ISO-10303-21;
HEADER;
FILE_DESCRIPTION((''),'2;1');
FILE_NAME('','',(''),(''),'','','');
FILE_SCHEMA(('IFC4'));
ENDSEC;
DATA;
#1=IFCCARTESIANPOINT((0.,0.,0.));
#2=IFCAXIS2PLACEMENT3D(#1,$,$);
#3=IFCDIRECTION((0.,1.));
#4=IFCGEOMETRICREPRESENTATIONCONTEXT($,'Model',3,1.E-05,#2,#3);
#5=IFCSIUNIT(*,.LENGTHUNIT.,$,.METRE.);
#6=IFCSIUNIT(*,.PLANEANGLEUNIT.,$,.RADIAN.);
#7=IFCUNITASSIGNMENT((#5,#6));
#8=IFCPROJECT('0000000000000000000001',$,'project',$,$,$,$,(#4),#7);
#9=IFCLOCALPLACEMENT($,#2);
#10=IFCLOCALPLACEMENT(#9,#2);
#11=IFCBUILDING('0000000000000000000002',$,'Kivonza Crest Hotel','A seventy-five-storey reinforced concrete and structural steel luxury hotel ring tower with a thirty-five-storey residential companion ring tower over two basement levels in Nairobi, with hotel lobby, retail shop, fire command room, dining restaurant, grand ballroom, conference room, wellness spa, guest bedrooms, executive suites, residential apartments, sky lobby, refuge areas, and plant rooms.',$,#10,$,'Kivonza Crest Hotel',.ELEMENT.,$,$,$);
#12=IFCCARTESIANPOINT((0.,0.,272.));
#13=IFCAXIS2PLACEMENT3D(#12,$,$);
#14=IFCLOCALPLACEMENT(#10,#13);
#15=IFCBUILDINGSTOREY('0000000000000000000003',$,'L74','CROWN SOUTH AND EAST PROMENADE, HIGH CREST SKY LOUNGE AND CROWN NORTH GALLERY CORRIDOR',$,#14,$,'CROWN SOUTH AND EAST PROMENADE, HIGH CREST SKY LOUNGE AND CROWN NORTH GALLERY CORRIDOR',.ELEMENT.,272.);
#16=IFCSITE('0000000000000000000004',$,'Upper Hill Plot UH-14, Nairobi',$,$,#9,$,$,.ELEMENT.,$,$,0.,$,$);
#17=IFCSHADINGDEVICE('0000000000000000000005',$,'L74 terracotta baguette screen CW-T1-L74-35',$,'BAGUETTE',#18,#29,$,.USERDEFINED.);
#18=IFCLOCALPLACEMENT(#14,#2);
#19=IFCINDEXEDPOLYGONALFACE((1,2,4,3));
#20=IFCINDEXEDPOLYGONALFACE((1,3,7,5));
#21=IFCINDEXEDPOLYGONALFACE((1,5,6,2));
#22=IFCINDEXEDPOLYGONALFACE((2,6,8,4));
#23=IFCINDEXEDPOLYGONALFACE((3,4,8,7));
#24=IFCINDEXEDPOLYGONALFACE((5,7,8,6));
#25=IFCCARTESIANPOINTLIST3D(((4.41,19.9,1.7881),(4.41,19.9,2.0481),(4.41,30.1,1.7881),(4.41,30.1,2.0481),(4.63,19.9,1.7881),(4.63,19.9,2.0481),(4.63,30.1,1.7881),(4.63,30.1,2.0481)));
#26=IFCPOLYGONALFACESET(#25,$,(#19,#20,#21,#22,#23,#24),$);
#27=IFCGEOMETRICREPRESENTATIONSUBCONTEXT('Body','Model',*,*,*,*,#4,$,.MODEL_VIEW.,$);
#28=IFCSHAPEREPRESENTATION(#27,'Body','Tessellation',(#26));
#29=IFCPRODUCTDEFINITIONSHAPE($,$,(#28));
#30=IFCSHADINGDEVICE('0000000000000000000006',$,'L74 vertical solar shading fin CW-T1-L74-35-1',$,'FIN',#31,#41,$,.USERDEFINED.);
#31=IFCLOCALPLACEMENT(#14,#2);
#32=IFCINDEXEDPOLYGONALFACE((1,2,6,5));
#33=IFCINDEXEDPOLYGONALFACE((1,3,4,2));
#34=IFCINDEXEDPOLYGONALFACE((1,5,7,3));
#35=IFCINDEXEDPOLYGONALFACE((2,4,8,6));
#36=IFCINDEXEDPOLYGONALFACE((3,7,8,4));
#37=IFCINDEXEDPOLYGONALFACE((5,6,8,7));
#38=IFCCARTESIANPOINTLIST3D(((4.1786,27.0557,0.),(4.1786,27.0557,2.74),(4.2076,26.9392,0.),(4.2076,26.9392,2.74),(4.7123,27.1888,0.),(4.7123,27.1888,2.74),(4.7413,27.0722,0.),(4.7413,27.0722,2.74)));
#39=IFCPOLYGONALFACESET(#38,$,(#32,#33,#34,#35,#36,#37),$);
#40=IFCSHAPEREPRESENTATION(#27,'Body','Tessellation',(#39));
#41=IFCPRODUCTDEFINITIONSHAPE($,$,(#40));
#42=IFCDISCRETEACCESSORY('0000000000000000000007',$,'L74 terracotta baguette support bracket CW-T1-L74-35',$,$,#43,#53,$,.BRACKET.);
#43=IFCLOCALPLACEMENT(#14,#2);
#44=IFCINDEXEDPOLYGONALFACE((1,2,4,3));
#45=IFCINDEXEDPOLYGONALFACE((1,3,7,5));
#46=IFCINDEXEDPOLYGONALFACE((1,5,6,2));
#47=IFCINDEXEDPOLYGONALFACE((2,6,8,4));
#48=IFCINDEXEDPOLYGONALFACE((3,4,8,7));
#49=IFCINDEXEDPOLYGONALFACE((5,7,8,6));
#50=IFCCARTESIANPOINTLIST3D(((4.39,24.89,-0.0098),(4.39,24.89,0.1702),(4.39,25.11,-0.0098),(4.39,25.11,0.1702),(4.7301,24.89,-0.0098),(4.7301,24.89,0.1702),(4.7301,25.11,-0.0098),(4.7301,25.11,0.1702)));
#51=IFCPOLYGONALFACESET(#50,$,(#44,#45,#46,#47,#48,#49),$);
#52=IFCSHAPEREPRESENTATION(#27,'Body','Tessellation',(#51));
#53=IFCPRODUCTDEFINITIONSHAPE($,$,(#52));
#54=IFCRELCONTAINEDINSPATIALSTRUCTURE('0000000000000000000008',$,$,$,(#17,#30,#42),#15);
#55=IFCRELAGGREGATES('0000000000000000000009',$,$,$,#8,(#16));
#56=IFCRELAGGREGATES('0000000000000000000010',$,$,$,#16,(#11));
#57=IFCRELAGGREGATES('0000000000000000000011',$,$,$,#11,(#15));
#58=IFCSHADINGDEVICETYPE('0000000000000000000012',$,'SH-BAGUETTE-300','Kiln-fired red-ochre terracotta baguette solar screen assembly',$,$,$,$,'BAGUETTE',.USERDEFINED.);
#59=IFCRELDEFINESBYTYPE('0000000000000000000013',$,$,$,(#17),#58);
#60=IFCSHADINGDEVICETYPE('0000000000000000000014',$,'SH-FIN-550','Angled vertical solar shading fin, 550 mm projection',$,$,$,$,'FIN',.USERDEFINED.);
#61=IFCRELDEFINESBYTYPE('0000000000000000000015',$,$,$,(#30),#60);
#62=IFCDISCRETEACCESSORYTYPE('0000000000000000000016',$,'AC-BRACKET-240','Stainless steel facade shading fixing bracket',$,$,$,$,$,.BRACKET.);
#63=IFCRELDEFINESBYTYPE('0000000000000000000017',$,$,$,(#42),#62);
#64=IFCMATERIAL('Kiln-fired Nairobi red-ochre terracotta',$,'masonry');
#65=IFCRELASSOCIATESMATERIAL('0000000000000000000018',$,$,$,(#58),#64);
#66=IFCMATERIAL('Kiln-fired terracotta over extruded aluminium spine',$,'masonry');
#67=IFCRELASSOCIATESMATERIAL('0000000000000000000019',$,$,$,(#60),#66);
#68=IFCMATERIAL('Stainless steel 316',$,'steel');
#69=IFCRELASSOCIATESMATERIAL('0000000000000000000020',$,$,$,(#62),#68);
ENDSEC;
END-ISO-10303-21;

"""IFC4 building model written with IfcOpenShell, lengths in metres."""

from ifc_helpers import new_model, si_unit, direction, frame, origin, origin_2d, place, context, subcontext, project, spatial, rectangle, extrude, material, type_object, element, save


model = new_model("IFC4")

# Units and contexts
model_context = context("Model", 3, precision=1e-05, world=origin(), true_north=direction((0.0, 1.0)))
body_context = subcontext(model_context, "Body", "Model", "MODEL_VIEW")
ifc_project = project(units=[si_unit("LENGTHUNIT", "METRE"), si_unit("PLANEANGLEUNIT", "RADIAN")], contexts=[model_context])

# Site, building, storey
site_placement = place(None, origin())
site = spatial("IfcSite", under=ifc_project, at=site_placement, Name="Upper Hill Plot UH-14, Nairobi", CompositionType="ELEMENT", RefElevation=0.0)
building_placement = place(site_placement, origin())
building = spatial("IfcBuilding", under=site, at=building_placement, Name="Kivonza Crest Hotel", Description="A seventy-five-storey reinforced concrete and structural steel luxury hotel ring tower with a thirty-five-storey residential companion ring tower over two basement levels in Nairobi, with hotel lobby, retail shop, fire command room, dining restaurant, grand ballroom, conference room, wellness spa, guest bedrooms, executive suites, residential apartments, sky lobby, refuge areas, and plant rooms.", LongName="Kivonza Crest Hotel", CompositionType="ELEMENT")
storey_placement = place(building_placement, frame((0.0, 0.0, 272.0)))
storey = spatial("IfcBuildingStorey", under=building, at=storey_placement, Name="L74", Description="CROWN SOUTH AND EAST PROMENADE, HIGH CREST SKY LOUNGE AND CROWN NORTH GALLERY CORRIDOR", LongName="CROWN SOUTH AND EAST PROMENADE, HIGH CREST SKY LOUNGE AND CROWN NORTH GALLERY CORRIDOR", CompositionType="ELEMENT", Elevation=272.0)

# Shading devices
ifc_material_1 = material(Name="Kiln-fired Nairobi red-ochre terracotta", Category="masonry")
shading_device_type_1 = type_object("IfcShadingDeviceType", Name="SH-BAGUETTE-300", Description="Kiln-fired red-ochre terracotta baguette solar screen assembly", ElementType="BAGUETTE", PredefinedType="USERDEFINED", material=ifc_material_1)
shading_device_1_placement = place(storey_placement, frame((4.52, 25.0, 1.7881), z_axis=(0.0, 0.0, 1.0), x_axis=(0.0, -1.0, 0.0)))
element("IfcShadingDevice", 1, at=shading_device_1_placement, inside=storey, type_object=shading_device_type_1, Name="L74 terracotta baguette screen CW-T1-L74-35", ObjectType="BAGUETTE", PredefinedType="USERDEFINED", context=body_context, shape_type="SweptSolid", body=[
    extrude(rectangle(XDim=10.2, YDim=0.22, at=origin_2d()), origin(), (0.0, 0.0, 1.0), 0.26),
])
ifc_material_2 = material(Name="Kiln-fired terracotta over extruded aluminium spine", Category="masonry")
shading_device_type_2 = type_object("IfcShadingDeviceType", Name="SH-FIN-550", Description="Angled vertical solar shading fin, 550 mm projection", ElementType="FIN", PredefinedType="USERDEFINED", material=ifc_material_2)
shading_device_2_placement = place(storey_placement, frame((4.46, 27.064, 0.0), z_axis=(0.0, 0.0, 1.0), x_axis=(0.241922, -0.970296, 0.0)))
element("IfcShadingDevice", 2, at=shading_device_2_placement, inside=storey, type_object=shading_device_type_2, Name="L74 vertical solar shading fin CW-T1-L74-35-1", ObjectType="FIN", PredefinedType="USERDEFINED", context=body_context, shape_type="SweptSolid", body=[
    extrude(rectangle(XDim=0.1201, YDim=0.55, at=origin_2d()), origin(), (0.0, 0.0, 1.0), 2.74),
])

# Discrete accessory
ifc_material_3 = material(Name="Stainless steel 316", Category="steel")
discrete_accessory_type = type_object("IfcDiscreteAccessoryType", Name="AC-BRACKET-240", Description="Stainless steel facade shading fixing bracket", PredefinedType="BRACKET", material=ifc_material_3)
discrete_accessory_placement = place(storey_placement, frame((4.5601, 25.0, -0.0098), z_axis=(0.0, 0.0, 1.0), x_axis=(0.0, -1.0, 0.0)))
element("IfcDiscreteAccessory", 3, at=discrete_accessory_placement, inside=storey, type_object=discrete_accessory_type, Name="L74 terracotta baguette support bracket CW-T1-L74-35", PredefinedType="BRACKET", context=body_context, shape_type="SweptSolid", body=[
    extrude(rectangle(XDim=0.22, YDim=0.3401, at=origin_2d()), origin(), (0.0, 0.0, 1.0), 0.1799),
])

save(model, "model.ifc")
